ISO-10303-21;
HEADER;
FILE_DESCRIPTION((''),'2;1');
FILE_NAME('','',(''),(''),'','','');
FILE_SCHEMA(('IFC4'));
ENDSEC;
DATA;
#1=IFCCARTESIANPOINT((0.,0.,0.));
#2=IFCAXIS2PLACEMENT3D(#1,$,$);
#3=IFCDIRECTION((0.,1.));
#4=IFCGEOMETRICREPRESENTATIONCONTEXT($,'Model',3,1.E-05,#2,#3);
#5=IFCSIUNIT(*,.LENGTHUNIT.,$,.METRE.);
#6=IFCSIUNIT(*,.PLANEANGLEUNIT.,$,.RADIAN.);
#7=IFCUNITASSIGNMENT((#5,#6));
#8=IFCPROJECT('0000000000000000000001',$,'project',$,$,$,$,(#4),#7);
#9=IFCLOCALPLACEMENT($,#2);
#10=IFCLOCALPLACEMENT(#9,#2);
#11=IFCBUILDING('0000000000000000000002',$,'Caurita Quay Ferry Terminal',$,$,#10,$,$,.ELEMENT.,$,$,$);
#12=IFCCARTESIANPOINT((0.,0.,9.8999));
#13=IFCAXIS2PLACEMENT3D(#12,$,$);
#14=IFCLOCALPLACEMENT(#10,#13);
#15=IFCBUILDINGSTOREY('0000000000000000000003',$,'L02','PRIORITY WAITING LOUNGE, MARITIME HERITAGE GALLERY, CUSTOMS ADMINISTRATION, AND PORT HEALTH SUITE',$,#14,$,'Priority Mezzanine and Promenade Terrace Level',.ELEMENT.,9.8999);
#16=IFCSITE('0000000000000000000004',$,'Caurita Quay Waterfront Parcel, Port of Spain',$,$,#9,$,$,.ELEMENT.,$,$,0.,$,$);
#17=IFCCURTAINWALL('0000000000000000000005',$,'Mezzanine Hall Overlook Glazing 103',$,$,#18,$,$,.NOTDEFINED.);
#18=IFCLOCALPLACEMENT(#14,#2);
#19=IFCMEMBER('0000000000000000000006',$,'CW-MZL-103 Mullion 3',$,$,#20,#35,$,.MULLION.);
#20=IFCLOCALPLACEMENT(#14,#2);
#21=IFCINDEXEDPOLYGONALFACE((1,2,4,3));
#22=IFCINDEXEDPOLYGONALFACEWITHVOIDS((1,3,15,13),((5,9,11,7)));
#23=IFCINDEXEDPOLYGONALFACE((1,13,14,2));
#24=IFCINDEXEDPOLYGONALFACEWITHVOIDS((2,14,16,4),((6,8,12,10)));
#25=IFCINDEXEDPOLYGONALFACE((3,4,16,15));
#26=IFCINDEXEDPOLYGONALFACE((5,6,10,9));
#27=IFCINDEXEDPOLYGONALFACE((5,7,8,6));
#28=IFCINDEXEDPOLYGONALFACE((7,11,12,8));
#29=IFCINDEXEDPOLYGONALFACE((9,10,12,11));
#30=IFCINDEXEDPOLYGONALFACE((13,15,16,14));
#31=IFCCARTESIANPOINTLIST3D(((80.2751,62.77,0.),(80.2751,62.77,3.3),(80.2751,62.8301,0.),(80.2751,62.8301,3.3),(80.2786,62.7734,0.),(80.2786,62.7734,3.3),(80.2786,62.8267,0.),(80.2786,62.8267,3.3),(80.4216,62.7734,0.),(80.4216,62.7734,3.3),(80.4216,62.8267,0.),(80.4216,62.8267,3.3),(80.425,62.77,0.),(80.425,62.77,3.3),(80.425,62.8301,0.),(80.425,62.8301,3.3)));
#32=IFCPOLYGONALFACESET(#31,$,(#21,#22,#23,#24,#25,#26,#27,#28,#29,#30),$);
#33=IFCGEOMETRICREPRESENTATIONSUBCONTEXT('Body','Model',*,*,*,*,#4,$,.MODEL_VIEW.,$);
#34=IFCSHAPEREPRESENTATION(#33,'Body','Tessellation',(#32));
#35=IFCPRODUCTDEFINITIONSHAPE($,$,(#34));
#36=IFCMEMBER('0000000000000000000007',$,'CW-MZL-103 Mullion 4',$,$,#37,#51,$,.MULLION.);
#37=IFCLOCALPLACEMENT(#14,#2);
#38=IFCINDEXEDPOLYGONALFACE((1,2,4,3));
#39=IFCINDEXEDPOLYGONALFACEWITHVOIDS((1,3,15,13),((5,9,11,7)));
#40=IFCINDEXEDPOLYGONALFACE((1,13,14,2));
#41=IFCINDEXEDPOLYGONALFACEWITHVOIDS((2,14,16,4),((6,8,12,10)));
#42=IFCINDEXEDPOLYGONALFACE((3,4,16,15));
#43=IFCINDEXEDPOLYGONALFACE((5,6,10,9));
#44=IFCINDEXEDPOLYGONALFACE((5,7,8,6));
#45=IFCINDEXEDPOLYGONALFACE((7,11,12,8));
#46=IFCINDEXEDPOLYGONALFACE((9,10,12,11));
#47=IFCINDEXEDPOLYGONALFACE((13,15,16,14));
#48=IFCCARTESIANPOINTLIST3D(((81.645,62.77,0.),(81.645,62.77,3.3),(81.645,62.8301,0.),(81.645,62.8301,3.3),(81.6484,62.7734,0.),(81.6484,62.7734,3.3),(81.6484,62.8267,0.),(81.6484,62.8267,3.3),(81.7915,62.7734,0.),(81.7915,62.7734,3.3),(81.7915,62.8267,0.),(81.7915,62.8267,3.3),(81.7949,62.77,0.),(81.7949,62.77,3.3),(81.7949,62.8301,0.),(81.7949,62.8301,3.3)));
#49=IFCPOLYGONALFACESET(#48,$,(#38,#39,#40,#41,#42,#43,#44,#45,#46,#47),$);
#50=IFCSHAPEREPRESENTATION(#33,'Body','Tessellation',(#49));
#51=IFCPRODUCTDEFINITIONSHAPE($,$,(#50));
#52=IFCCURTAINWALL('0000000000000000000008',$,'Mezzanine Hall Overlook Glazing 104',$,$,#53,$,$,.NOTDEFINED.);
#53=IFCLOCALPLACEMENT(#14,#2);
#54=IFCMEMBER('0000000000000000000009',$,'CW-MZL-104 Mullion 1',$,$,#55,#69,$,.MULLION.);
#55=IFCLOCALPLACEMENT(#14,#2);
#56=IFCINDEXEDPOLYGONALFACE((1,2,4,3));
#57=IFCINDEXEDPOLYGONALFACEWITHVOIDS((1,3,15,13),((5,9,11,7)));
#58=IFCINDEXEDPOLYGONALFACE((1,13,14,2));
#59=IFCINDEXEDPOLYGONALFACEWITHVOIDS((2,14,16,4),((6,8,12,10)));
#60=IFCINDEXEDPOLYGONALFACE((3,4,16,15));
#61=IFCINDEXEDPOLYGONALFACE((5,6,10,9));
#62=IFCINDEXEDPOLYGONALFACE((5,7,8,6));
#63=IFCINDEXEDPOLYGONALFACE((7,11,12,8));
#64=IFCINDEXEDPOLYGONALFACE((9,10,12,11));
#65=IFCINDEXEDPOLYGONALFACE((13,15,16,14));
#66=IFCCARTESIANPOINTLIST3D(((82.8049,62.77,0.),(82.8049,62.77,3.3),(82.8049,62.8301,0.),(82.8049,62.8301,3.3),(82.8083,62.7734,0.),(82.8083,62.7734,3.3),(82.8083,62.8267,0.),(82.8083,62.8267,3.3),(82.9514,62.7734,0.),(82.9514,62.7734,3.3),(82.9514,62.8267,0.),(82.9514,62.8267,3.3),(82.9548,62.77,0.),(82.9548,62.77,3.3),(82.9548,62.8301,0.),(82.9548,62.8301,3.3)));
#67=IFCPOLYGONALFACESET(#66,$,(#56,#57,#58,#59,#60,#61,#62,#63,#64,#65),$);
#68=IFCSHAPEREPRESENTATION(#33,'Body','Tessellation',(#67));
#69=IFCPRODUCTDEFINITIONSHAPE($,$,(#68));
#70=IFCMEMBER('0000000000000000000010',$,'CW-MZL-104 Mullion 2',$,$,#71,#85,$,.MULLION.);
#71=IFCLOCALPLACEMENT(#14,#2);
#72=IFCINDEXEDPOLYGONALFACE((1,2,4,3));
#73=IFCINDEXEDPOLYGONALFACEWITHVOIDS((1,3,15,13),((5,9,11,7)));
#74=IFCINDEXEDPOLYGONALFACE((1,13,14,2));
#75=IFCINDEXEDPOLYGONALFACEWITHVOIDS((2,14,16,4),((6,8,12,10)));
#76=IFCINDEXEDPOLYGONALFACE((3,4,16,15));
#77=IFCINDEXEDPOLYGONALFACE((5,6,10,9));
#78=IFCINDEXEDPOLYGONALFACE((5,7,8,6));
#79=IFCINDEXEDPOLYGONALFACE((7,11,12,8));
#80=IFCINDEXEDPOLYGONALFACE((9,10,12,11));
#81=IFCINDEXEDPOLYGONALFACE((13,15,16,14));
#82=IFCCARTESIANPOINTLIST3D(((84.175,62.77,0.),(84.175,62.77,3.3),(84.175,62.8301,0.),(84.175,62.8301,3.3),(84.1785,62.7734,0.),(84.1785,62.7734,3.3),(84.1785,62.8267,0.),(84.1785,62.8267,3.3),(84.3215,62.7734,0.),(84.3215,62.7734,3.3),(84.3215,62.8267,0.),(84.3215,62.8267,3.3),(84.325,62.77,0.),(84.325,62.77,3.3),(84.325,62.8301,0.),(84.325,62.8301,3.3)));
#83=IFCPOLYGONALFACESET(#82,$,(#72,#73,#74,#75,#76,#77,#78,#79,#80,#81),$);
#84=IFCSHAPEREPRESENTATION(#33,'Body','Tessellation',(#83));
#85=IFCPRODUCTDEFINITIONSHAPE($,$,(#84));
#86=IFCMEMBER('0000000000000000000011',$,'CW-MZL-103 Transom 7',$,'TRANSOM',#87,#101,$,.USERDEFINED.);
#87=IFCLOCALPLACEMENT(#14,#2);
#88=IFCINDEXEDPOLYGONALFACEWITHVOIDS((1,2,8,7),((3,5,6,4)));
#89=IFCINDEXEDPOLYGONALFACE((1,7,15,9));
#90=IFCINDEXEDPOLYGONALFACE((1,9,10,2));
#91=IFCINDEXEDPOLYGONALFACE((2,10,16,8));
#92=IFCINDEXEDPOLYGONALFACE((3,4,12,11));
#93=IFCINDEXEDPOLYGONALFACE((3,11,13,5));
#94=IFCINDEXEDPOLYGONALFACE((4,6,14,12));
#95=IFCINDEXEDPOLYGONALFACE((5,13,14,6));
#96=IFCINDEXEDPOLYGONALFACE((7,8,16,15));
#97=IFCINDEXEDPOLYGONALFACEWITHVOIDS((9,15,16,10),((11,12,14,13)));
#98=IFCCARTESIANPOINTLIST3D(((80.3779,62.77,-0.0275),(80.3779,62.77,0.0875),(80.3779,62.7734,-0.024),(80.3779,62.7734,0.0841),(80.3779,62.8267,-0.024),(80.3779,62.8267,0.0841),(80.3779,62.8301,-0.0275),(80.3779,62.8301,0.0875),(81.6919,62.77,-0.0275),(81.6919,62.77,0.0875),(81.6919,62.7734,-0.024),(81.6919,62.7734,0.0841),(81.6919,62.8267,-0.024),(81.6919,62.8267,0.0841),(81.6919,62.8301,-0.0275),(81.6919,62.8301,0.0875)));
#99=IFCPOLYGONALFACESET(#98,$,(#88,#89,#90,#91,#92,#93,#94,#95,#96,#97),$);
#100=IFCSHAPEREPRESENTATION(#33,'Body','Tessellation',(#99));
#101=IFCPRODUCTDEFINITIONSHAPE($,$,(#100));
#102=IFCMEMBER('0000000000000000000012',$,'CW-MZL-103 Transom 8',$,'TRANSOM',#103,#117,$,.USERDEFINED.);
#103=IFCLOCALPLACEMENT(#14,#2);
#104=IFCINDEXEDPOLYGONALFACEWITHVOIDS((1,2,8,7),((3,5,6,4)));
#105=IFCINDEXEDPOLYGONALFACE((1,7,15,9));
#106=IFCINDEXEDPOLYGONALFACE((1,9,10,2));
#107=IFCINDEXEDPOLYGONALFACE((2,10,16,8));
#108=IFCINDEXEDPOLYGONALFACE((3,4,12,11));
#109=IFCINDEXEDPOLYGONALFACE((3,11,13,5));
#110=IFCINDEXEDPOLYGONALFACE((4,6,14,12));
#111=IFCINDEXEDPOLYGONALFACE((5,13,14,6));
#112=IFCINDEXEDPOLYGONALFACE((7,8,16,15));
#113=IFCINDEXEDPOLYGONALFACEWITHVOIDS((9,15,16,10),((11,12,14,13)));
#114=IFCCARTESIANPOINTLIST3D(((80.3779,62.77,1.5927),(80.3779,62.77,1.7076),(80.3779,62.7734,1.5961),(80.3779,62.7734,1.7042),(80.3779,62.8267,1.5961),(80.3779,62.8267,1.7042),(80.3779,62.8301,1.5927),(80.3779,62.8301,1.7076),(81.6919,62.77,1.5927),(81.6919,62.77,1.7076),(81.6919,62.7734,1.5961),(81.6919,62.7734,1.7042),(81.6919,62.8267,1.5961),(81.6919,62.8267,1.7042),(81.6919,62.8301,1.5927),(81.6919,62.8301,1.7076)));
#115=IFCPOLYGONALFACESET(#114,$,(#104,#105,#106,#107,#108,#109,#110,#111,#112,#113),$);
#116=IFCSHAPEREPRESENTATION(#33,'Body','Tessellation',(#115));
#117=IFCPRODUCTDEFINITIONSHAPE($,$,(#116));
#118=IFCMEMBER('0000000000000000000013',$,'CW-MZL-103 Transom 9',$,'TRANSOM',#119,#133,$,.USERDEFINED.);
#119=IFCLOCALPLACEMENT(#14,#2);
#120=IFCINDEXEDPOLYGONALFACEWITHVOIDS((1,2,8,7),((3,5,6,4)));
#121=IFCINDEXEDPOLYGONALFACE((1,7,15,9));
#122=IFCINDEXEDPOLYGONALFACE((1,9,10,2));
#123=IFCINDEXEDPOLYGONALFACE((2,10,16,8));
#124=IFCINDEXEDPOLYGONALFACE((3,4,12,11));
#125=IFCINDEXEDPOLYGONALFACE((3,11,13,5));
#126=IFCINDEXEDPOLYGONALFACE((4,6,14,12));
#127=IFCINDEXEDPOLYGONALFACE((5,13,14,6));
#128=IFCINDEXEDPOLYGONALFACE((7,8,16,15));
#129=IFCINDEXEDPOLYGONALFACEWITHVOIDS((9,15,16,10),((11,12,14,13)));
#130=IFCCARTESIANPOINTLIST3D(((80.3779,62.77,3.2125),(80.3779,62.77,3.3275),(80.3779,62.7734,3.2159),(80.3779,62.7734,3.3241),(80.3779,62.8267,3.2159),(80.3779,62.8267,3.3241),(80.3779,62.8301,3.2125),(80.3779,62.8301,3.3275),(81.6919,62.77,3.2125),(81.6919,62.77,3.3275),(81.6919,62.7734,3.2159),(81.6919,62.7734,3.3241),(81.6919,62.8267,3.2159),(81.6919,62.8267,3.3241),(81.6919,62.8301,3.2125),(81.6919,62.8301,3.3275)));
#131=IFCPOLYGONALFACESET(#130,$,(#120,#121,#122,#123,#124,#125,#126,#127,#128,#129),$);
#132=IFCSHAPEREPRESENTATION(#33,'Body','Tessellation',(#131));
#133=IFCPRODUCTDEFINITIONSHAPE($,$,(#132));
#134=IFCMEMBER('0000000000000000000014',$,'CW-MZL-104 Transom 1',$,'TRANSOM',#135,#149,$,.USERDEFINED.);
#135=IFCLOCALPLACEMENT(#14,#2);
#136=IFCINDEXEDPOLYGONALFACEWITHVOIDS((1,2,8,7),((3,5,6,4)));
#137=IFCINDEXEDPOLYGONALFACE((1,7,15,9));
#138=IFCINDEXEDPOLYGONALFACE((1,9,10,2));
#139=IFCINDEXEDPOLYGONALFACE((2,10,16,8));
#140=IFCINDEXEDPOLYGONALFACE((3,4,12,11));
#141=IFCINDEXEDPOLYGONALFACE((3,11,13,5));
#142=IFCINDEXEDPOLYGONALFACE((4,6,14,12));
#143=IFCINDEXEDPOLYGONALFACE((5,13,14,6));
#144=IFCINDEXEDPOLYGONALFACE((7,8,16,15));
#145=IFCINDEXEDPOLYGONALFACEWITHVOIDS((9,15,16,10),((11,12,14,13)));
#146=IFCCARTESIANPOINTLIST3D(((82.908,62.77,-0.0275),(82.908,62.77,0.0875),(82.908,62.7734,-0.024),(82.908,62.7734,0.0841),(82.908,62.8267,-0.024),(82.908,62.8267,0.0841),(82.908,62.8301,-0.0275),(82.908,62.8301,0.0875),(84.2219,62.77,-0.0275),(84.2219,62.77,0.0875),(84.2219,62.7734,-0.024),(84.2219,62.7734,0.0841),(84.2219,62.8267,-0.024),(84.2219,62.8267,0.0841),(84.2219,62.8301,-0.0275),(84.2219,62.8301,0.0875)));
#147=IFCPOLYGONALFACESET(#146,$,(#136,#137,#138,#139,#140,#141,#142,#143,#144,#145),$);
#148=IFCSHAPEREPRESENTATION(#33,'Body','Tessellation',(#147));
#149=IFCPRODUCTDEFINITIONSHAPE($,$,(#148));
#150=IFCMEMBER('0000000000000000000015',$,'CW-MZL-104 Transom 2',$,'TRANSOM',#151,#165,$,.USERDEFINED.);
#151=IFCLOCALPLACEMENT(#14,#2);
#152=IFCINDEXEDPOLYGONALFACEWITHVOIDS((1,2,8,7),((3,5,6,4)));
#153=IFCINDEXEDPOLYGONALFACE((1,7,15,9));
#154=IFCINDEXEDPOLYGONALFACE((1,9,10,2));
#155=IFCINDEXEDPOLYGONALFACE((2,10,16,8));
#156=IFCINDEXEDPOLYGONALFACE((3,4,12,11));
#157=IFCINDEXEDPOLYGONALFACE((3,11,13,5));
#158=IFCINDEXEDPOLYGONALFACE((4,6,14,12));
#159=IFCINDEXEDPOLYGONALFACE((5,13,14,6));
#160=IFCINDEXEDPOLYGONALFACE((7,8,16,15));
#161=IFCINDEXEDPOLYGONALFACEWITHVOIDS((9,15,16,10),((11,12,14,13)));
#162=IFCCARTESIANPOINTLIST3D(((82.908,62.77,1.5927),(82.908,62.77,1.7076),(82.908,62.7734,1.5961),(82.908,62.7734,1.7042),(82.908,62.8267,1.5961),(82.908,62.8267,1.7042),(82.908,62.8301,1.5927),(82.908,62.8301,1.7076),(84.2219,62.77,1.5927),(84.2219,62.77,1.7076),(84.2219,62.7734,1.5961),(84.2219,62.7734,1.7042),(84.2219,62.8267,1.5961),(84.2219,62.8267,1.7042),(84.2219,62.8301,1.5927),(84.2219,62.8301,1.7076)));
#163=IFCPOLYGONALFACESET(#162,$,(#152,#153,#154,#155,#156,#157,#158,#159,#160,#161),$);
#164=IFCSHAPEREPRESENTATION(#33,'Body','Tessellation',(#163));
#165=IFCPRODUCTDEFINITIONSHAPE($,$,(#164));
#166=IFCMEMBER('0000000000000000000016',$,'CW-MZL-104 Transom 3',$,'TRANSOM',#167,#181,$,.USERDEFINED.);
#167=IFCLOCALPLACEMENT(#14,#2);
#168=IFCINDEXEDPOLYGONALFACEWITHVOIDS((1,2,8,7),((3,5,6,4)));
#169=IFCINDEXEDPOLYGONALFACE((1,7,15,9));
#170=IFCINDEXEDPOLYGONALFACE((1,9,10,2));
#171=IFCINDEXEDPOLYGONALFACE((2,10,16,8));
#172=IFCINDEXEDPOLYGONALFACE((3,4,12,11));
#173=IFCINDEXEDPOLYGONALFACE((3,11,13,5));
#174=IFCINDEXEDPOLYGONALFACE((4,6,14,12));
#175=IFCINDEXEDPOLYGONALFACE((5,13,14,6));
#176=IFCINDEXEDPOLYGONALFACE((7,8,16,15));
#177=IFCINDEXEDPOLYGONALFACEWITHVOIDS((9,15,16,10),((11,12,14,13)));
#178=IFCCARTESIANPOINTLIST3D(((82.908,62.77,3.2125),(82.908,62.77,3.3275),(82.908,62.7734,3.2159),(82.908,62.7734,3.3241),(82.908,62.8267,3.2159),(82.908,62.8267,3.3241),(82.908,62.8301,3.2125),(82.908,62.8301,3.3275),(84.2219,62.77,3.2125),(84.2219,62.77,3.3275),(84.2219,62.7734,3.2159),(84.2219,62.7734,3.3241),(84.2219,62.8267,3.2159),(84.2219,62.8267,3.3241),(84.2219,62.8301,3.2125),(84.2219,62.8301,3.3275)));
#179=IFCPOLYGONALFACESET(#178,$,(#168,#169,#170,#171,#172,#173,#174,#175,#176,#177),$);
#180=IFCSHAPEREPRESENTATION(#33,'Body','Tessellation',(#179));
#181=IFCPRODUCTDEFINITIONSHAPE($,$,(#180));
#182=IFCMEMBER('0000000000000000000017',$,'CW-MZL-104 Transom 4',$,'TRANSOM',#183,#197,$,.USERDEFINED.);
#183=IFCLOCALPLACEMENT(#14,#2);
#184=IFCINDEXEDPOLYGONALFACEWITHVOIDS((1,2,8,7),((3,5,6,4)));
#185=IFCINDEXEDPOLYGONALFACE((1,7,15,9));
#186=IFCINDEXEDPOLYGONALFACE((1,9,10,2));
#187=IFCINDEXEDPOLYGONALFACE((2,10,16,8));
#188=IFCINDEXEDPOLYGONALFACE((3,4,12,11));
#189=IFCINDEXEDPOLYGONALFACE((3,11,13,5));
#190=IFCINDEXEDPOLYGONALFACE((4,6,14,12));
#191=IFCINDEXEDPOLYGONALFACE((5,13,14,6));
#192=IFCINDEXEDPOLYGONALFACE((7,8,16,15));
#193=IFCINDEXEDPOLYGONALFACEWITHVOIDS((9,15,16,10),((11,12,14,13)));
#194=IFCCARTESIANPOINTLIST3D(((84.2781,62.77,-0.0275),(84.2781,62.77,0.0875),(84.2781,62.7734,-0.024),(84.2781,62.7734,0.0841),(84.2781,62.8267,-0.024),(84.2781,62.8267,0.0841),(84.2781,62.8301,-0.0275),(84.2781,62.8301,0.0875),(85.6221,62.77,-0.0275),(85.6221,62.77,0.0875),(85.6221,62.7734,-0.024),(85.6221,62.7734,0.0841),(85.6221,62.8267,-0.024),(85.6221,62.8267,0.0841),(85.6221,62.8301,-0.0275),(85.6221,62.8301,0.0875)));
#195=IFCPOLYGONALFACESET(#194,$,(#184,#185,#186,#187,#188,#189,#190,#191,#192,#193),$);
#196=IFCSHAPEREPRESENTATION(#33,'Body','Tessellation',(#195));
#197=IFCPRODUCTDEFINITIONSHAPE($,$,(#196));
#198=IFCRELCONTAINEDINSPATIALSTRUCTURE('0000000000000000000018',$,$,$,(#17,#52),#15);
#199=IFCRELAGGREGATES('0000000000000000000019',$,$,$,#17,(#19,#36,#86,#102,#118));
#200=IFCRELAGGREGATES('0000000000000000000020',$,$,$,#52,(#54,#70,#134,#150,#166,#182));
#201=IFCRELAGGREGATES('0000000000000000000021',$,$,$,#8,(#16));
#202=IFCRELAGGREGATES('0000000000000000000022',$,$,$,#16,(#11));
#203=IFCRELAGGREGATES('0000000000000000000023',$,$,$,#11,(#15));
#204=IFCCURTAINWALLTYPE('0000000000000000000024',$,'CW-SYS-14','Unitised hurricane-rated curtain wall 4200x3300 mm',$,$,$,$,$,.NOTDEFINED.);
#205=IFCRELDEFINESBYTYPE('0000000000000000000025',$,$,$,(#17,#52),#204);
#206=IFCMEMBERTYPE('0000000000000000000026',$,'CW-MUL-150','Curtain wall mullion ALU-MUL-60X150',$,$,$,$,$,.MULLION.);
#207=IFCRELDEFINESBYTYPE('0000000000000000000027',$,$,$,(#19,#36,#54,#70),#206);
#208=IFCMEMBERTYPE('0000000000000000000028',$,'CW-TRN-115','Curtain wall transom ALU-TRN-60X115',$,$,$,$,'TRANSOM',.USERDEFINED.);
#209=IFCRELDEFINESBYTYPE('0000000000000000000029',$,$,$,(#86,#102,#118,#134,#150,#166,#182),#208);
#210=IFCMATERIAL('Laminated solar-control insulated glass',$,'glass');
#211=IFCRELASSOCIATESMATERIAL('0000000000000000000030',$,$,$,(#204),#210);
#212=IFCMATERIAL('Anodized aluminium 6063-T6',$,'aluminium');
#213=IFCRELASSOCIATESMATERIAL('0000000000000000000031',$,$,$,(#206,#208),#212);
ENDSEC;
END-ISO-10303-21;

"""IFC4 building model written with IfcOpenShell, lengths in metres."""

from ifc_helpers import new_model, si_unit, direction, frame, origin, origin_2d, place, context, subcontext, project, spatial, hollow_rectangle, extrude, material, material_profile, profile_set, type_object, element, aggregate, save


model = new_model("IFC4")

# Units and contexts
model_context = context("Model", 3, precision=1e-05, world=origin(), true_north=direction((0.0, 1.0)))
body_context = subcontext(model_context, "Body", "Model", "MODEL_VIEW")
ifc_project = project(units=[si_unit("LENGTHUNIT", "METRE"), si_unit("PLANEANGLEUNIT", "RADIAN")], contexts=[model_context])

# Site, building, storey
site_placement = place(None, origin())
site = spatial("IfcSite", under=ifc_project, at=site_placement, Name="Caurita Quay Waterfront Parcel, Port of Spain", CompositionType="ELEMENT", RefElevation=0.0)
building_placement = place(site_placement, origin())
building = spatial("IfcBuilding", under=site, at=building_placement, Name="Caurita Quay Ferry Terminal", CompositionType="ELEMENT")
storey_placement = place(building_placement, frame((0.0, 0.0, 9.8999)))
storey = spatial("IfcBuildingStorey", under=building, at=storey_placement, Name="L02", Description="PRIORITY WAITING LOUNGE, MARITIME HERITAGE GALLERY, CUSTOMS ADMINISTRATION, AND PORT HEALTH SUITE", LongName="Priority Mezzanine and Promenade Terrace Level", CompositionType="ELEMENT", Elevation=9.8999)

# Curtain walls, members
ifc_material_1 = material(Name="Laminated solar-control insulated glass", Category="glass")
curtain_wall_type = type_object("IfcCurtainWallType", Name="CW-SYS-14", Description="Unitised hurricane-rated curtain wall 4200x3300 mm", PredefinedType="NOTDEFINED", material=ifc_material_1)
curtain_wall_1_placement = place(storey_placement, origin())
curtain_wall_1 = element("IfcCurtainWall", 1, at=curtain_wall_1_placement, inside=storey, type_object=curtain_wall_type, Name="Mezzanine Hall Overlook Glazing 103", PredefinedType="NOTDEFINED")
ifc_material_2 = material(Name="Anodized aluminium 6063-T6", Category="aluminium")
ifc_material_profile_1 = material_profile(ifc_material_2, hollow_rectangle(XDim=0.0601, YDim=0.1499, WallThickness=0.0034, at=origin_2d()), Name="ALU-MUL-60X150")
ifc_profile_set_1 = profile_set([ifc_material_profile_1], Name="Anodized aluminium 6063-T6")
member_type_1 = type_object("IfcMemberType", Name="CW-MUL-150", Description="Curtain wall mullion ALU-MUL-60X150", PredefinedType="MULLION", material=ifc_profile_set_1)
member_1_placement = place(storey_placement, frame((80.3501, 62.8, 0.0), z_axis=(0.0, 0.0, 1.0), x_axis=(0.0, 1.0, 0.0)))
member_1 = element("IfcMember", 2, at=member_1_placement, type_object=member_type_1, Name="CW-MZL-103 Mullion 3", PredefinedType="MULLION", context=body_context, shape_type="SweptSolid", body=[
    extrude(hollow_rectangle(XDim=0.0601, YDim=0.1499, WallThickness=0.0034, at=origin_2d()), origin(), (0.0, 0.0, 1.0), 3.3),
])
member_2_placement = place(storey_placement, frame((81.72, 62.8, 0.0), z_axis=(0.0, 0.0, 1.0), x_axis=(0.0, 1.0, 0.0)))
member_2 = element("IfcMember", 3, at=member_2_placement, type_object=member_type_1, Name="CW-MZL-103 Mullion 4", PredefinedType="MULLION", context=body_context, shape_type="SweptSolid", body=[
    extrude(hollow_rectangle(XDim=0.0601, YDim=0.1499, WallThickness=0.0034, at=origin_2d()), origin(), (0.0, 0.0, 1.0), 3.3),
])
curtain_wall_2_placement = place(storey_placement, origin())
curtain_wall_2 = element("IfcCurtainWall", 4, at=curtain_wall_2_placement, inside=storey, type_object=curtain_wall_type, Name="Mezzanine Hall Overlook Glazing 104", PredefinedType="NOTDEFINED")
member_3_placement = place(storey_placement, frame((82.8799, 62.8, 0.0), z_axis=(0.0, 0.0, 1.0), x_axis=(0.0, 1.0, 0.0)))
member_3 = element("IfcMember", 5, at=member_3_placement, type_object=member_type_1, Name="CW-MZL-104 Mullion 1", PredefinedType="MULLION", context=body_context, shape_type="SweptSolid", body=[
    extrude(hollow_rectangle(XDim=0.0601, YDim=0.1499, WallThickness=0.0034, at=origin_2d()), origin(), (0.0, 0.0, 1.0), 3.3),
])
member_4_placement = place(storey_placement, frame((84.25, 62.8, 0.0), z_axis=(0.0, 0.0, 1.0), x_axis=(0.0, 1.0, 0.0)))
member_4 = element("IfcMember", 6, at=member_4_placement, type_object=member_type_1, Name="CW-MZL-104 Mullion 2", PredefinedType="MULLION", context=body_context, shape_type="SweptSolid", body=[
    extrude(hollow_rectangle(XDim=0.0601, YDim=0.1499, WallThickness=0.0034, at=origin_2d()), origin(), (0.0, 0.0, 1.0), 3.3),
])

# Members
ifc_material_profile_2 = material_profile(ifc_material_2, hollow_rectangle(XDim=0.0601, YDim=0.115, WallThickness=0.0034, at=origin_2d()), Name="ALU-TRN-60X115")
ifc_profile_set_2 = profile_set([ifc_material_profile_2], Name="Anodized aluminium 6063-T6")
member_type_2 = type_object("IfcMemberType", Name="CW-TRN-115", Description="Curtain wall transom ALU-TRN-60X115", ElementType="TRANSOM", PredefinedType="USERDEFINED", material=ifc_profile_set_2)
member_5_placement = place(storey_placement, frame((80.3779, 62.8, 0.03), z_axis=(1.0, 0.0, 0.0), x_axis=(0.0, 1.0, 0.0)))
member_5 = element("IfcMember", 7, at=member_5_placement, type_object=member_type_2, Name="CW-MZL-103 Transom 7", ObjectType="TRANSOM", PredefinedType="USERDEFINED", context=body_context, shape_type="SweptSolid", body=[
    extrude(hollow_rectangle(XDim=0.0601, YDim=0.115, WallThickness=0.0034, at=origin_2d()), origin(), (0.0, 0.0, 1.0), 1.314),
])
member_6_placement = place(storey_placement, frame((80.3779, 62.8, 1.6501), z_axis=(1.0, 0.0, 0.0), x_axis=(0.0, 1.0, 0.0)))
member_6 = element("IfcMember", 8, at=member_6_placement, type_object=member_type_2, Name="CW-MZL-103 Transom 8", ObjectType="TRANSOM", PredefinedType="USERDEFINED", context=body_context, shape_type="SweptSolid", body=[
    extrude(hollow_rectangle(XDim=0.0601, YDim=0.115, WallThickness=0.0034, at=origin_2d()), origin(), (0.0, 0.0, 1.0), 1.314),
])
member_7_placement = place(storey_placement, frame((80.3779, 62.8, 3.27), z_axis=(1.0, 0.0, 0.0), x_axis=(0.0, 1.0, 0.0)))
member_7 = element("IfcMember", 9, at=member_7_placement, type_object=member_type_2, Name="CW-MZL-103 Transom 9", ObjectType="TRANSOM", PredefinedType="USERDEFINED", context=body_context, shape_type="SweptSolid", body=[
    extrude(hollow_rectangle(XDim=0.0601, YDim=0.115, WallThickness=0.0034, at=origin_2d()), origin(), (0.0, 0.0, 1.0), 1.314),
])
member_8_placement = place(storey_placement, frame((82.908, 62.8, 0.03), z_axis=(1.0, 0.0, 0.0), x_axis=(0.0, 1.0, 0.0)))
member_8 = element("IfcMember", 10, at=member_8_placement, type_object=member_type_2, Name="CW-MZL-104 Transom 1", ObjectType="TRANSOM", PredefinedType="USERDEFINED", context=body_context, shape_type="SweptSolid", body=[
    extrude(hollow_rectangle(XDim=0.0601, YDim=0.115, WallThickness=0.0034, at=origin_2d()), origin(), (0.0, 0.0, 1.0), 1.314),
])
member_9_placement = place(storey_placement, frame((82.908, 62.8, 1.6501), z_axis=(1.0, 0.0, 0.0), x_axis=(0.0, 1.0, 0.0)))
member_9 = element("IfcMember", 11, at=member_9_placement, type_object=member_type_2, Name="CW-MZL-104 Transom 2", ObjectType="TRANSOM", PredefinedType="USERDEFINED", context=body_context, shape_type="SweptSolid", body=[
    extrude(hollow_rectangle(XDim=0.0601, YDim=0.115, WallThickness=0.0034, at=origin_2d()), origin(), (0.0, 0.0, 1.0), 1.314),
])
member_10_placement = place(storey_placement, frame((82.908, 62.8, 3.27), z_axis=(1.0, 0.0, 0.0), x_axis=(0.0, 1.0, 0.0)))
member_10 = element("IfcMember", 12, at=member_10_placement, type_object=member_type_2, Name="CW-MZL-104 Transom 3", ObjectType="TRANSOM", PredefinedType="USERDEFINED", context=body_context, shape_type="SweptSolid", body=[
    extrude(hollow_rectangle(XDim=0.0601, YDim=0.115, WallThickness=0.0034, at=origin_2d()), origin(), (0.0, 0.0, 1.0), 1.314),
])
member_11_placement = place(storey_placement, frame((84.2781, 62.8, 0.03), z_axis=(1.0, 0.0, 0.0), x_axis=(0.0, 1.0, 0.0)))
member_11 = element("IfcMember", 13, at=member_11_placement, type_object=member_type_2, Name="CW-MZL-104 Transom 4", ObjectType="TRANSOM", PredefinedType="USERDEFINED", context=body_context, shape_type="SweptSolid", body=[
    extrude(hollow_rectangle(XDim=0.0601, YDim=0.115, WallThickness=0.0034, at=origin_2d()), origin(), (0.0, 0.0, 1.0), 1.344),
])

aggregate(curtain_wall_1, [member_1, member_2, member_5, member_6, member_7])
aggregate(curtain_wall_2, [member_3, member_4, member_8, member_9, member_10, member_11])

save(model, "model.ifc")
